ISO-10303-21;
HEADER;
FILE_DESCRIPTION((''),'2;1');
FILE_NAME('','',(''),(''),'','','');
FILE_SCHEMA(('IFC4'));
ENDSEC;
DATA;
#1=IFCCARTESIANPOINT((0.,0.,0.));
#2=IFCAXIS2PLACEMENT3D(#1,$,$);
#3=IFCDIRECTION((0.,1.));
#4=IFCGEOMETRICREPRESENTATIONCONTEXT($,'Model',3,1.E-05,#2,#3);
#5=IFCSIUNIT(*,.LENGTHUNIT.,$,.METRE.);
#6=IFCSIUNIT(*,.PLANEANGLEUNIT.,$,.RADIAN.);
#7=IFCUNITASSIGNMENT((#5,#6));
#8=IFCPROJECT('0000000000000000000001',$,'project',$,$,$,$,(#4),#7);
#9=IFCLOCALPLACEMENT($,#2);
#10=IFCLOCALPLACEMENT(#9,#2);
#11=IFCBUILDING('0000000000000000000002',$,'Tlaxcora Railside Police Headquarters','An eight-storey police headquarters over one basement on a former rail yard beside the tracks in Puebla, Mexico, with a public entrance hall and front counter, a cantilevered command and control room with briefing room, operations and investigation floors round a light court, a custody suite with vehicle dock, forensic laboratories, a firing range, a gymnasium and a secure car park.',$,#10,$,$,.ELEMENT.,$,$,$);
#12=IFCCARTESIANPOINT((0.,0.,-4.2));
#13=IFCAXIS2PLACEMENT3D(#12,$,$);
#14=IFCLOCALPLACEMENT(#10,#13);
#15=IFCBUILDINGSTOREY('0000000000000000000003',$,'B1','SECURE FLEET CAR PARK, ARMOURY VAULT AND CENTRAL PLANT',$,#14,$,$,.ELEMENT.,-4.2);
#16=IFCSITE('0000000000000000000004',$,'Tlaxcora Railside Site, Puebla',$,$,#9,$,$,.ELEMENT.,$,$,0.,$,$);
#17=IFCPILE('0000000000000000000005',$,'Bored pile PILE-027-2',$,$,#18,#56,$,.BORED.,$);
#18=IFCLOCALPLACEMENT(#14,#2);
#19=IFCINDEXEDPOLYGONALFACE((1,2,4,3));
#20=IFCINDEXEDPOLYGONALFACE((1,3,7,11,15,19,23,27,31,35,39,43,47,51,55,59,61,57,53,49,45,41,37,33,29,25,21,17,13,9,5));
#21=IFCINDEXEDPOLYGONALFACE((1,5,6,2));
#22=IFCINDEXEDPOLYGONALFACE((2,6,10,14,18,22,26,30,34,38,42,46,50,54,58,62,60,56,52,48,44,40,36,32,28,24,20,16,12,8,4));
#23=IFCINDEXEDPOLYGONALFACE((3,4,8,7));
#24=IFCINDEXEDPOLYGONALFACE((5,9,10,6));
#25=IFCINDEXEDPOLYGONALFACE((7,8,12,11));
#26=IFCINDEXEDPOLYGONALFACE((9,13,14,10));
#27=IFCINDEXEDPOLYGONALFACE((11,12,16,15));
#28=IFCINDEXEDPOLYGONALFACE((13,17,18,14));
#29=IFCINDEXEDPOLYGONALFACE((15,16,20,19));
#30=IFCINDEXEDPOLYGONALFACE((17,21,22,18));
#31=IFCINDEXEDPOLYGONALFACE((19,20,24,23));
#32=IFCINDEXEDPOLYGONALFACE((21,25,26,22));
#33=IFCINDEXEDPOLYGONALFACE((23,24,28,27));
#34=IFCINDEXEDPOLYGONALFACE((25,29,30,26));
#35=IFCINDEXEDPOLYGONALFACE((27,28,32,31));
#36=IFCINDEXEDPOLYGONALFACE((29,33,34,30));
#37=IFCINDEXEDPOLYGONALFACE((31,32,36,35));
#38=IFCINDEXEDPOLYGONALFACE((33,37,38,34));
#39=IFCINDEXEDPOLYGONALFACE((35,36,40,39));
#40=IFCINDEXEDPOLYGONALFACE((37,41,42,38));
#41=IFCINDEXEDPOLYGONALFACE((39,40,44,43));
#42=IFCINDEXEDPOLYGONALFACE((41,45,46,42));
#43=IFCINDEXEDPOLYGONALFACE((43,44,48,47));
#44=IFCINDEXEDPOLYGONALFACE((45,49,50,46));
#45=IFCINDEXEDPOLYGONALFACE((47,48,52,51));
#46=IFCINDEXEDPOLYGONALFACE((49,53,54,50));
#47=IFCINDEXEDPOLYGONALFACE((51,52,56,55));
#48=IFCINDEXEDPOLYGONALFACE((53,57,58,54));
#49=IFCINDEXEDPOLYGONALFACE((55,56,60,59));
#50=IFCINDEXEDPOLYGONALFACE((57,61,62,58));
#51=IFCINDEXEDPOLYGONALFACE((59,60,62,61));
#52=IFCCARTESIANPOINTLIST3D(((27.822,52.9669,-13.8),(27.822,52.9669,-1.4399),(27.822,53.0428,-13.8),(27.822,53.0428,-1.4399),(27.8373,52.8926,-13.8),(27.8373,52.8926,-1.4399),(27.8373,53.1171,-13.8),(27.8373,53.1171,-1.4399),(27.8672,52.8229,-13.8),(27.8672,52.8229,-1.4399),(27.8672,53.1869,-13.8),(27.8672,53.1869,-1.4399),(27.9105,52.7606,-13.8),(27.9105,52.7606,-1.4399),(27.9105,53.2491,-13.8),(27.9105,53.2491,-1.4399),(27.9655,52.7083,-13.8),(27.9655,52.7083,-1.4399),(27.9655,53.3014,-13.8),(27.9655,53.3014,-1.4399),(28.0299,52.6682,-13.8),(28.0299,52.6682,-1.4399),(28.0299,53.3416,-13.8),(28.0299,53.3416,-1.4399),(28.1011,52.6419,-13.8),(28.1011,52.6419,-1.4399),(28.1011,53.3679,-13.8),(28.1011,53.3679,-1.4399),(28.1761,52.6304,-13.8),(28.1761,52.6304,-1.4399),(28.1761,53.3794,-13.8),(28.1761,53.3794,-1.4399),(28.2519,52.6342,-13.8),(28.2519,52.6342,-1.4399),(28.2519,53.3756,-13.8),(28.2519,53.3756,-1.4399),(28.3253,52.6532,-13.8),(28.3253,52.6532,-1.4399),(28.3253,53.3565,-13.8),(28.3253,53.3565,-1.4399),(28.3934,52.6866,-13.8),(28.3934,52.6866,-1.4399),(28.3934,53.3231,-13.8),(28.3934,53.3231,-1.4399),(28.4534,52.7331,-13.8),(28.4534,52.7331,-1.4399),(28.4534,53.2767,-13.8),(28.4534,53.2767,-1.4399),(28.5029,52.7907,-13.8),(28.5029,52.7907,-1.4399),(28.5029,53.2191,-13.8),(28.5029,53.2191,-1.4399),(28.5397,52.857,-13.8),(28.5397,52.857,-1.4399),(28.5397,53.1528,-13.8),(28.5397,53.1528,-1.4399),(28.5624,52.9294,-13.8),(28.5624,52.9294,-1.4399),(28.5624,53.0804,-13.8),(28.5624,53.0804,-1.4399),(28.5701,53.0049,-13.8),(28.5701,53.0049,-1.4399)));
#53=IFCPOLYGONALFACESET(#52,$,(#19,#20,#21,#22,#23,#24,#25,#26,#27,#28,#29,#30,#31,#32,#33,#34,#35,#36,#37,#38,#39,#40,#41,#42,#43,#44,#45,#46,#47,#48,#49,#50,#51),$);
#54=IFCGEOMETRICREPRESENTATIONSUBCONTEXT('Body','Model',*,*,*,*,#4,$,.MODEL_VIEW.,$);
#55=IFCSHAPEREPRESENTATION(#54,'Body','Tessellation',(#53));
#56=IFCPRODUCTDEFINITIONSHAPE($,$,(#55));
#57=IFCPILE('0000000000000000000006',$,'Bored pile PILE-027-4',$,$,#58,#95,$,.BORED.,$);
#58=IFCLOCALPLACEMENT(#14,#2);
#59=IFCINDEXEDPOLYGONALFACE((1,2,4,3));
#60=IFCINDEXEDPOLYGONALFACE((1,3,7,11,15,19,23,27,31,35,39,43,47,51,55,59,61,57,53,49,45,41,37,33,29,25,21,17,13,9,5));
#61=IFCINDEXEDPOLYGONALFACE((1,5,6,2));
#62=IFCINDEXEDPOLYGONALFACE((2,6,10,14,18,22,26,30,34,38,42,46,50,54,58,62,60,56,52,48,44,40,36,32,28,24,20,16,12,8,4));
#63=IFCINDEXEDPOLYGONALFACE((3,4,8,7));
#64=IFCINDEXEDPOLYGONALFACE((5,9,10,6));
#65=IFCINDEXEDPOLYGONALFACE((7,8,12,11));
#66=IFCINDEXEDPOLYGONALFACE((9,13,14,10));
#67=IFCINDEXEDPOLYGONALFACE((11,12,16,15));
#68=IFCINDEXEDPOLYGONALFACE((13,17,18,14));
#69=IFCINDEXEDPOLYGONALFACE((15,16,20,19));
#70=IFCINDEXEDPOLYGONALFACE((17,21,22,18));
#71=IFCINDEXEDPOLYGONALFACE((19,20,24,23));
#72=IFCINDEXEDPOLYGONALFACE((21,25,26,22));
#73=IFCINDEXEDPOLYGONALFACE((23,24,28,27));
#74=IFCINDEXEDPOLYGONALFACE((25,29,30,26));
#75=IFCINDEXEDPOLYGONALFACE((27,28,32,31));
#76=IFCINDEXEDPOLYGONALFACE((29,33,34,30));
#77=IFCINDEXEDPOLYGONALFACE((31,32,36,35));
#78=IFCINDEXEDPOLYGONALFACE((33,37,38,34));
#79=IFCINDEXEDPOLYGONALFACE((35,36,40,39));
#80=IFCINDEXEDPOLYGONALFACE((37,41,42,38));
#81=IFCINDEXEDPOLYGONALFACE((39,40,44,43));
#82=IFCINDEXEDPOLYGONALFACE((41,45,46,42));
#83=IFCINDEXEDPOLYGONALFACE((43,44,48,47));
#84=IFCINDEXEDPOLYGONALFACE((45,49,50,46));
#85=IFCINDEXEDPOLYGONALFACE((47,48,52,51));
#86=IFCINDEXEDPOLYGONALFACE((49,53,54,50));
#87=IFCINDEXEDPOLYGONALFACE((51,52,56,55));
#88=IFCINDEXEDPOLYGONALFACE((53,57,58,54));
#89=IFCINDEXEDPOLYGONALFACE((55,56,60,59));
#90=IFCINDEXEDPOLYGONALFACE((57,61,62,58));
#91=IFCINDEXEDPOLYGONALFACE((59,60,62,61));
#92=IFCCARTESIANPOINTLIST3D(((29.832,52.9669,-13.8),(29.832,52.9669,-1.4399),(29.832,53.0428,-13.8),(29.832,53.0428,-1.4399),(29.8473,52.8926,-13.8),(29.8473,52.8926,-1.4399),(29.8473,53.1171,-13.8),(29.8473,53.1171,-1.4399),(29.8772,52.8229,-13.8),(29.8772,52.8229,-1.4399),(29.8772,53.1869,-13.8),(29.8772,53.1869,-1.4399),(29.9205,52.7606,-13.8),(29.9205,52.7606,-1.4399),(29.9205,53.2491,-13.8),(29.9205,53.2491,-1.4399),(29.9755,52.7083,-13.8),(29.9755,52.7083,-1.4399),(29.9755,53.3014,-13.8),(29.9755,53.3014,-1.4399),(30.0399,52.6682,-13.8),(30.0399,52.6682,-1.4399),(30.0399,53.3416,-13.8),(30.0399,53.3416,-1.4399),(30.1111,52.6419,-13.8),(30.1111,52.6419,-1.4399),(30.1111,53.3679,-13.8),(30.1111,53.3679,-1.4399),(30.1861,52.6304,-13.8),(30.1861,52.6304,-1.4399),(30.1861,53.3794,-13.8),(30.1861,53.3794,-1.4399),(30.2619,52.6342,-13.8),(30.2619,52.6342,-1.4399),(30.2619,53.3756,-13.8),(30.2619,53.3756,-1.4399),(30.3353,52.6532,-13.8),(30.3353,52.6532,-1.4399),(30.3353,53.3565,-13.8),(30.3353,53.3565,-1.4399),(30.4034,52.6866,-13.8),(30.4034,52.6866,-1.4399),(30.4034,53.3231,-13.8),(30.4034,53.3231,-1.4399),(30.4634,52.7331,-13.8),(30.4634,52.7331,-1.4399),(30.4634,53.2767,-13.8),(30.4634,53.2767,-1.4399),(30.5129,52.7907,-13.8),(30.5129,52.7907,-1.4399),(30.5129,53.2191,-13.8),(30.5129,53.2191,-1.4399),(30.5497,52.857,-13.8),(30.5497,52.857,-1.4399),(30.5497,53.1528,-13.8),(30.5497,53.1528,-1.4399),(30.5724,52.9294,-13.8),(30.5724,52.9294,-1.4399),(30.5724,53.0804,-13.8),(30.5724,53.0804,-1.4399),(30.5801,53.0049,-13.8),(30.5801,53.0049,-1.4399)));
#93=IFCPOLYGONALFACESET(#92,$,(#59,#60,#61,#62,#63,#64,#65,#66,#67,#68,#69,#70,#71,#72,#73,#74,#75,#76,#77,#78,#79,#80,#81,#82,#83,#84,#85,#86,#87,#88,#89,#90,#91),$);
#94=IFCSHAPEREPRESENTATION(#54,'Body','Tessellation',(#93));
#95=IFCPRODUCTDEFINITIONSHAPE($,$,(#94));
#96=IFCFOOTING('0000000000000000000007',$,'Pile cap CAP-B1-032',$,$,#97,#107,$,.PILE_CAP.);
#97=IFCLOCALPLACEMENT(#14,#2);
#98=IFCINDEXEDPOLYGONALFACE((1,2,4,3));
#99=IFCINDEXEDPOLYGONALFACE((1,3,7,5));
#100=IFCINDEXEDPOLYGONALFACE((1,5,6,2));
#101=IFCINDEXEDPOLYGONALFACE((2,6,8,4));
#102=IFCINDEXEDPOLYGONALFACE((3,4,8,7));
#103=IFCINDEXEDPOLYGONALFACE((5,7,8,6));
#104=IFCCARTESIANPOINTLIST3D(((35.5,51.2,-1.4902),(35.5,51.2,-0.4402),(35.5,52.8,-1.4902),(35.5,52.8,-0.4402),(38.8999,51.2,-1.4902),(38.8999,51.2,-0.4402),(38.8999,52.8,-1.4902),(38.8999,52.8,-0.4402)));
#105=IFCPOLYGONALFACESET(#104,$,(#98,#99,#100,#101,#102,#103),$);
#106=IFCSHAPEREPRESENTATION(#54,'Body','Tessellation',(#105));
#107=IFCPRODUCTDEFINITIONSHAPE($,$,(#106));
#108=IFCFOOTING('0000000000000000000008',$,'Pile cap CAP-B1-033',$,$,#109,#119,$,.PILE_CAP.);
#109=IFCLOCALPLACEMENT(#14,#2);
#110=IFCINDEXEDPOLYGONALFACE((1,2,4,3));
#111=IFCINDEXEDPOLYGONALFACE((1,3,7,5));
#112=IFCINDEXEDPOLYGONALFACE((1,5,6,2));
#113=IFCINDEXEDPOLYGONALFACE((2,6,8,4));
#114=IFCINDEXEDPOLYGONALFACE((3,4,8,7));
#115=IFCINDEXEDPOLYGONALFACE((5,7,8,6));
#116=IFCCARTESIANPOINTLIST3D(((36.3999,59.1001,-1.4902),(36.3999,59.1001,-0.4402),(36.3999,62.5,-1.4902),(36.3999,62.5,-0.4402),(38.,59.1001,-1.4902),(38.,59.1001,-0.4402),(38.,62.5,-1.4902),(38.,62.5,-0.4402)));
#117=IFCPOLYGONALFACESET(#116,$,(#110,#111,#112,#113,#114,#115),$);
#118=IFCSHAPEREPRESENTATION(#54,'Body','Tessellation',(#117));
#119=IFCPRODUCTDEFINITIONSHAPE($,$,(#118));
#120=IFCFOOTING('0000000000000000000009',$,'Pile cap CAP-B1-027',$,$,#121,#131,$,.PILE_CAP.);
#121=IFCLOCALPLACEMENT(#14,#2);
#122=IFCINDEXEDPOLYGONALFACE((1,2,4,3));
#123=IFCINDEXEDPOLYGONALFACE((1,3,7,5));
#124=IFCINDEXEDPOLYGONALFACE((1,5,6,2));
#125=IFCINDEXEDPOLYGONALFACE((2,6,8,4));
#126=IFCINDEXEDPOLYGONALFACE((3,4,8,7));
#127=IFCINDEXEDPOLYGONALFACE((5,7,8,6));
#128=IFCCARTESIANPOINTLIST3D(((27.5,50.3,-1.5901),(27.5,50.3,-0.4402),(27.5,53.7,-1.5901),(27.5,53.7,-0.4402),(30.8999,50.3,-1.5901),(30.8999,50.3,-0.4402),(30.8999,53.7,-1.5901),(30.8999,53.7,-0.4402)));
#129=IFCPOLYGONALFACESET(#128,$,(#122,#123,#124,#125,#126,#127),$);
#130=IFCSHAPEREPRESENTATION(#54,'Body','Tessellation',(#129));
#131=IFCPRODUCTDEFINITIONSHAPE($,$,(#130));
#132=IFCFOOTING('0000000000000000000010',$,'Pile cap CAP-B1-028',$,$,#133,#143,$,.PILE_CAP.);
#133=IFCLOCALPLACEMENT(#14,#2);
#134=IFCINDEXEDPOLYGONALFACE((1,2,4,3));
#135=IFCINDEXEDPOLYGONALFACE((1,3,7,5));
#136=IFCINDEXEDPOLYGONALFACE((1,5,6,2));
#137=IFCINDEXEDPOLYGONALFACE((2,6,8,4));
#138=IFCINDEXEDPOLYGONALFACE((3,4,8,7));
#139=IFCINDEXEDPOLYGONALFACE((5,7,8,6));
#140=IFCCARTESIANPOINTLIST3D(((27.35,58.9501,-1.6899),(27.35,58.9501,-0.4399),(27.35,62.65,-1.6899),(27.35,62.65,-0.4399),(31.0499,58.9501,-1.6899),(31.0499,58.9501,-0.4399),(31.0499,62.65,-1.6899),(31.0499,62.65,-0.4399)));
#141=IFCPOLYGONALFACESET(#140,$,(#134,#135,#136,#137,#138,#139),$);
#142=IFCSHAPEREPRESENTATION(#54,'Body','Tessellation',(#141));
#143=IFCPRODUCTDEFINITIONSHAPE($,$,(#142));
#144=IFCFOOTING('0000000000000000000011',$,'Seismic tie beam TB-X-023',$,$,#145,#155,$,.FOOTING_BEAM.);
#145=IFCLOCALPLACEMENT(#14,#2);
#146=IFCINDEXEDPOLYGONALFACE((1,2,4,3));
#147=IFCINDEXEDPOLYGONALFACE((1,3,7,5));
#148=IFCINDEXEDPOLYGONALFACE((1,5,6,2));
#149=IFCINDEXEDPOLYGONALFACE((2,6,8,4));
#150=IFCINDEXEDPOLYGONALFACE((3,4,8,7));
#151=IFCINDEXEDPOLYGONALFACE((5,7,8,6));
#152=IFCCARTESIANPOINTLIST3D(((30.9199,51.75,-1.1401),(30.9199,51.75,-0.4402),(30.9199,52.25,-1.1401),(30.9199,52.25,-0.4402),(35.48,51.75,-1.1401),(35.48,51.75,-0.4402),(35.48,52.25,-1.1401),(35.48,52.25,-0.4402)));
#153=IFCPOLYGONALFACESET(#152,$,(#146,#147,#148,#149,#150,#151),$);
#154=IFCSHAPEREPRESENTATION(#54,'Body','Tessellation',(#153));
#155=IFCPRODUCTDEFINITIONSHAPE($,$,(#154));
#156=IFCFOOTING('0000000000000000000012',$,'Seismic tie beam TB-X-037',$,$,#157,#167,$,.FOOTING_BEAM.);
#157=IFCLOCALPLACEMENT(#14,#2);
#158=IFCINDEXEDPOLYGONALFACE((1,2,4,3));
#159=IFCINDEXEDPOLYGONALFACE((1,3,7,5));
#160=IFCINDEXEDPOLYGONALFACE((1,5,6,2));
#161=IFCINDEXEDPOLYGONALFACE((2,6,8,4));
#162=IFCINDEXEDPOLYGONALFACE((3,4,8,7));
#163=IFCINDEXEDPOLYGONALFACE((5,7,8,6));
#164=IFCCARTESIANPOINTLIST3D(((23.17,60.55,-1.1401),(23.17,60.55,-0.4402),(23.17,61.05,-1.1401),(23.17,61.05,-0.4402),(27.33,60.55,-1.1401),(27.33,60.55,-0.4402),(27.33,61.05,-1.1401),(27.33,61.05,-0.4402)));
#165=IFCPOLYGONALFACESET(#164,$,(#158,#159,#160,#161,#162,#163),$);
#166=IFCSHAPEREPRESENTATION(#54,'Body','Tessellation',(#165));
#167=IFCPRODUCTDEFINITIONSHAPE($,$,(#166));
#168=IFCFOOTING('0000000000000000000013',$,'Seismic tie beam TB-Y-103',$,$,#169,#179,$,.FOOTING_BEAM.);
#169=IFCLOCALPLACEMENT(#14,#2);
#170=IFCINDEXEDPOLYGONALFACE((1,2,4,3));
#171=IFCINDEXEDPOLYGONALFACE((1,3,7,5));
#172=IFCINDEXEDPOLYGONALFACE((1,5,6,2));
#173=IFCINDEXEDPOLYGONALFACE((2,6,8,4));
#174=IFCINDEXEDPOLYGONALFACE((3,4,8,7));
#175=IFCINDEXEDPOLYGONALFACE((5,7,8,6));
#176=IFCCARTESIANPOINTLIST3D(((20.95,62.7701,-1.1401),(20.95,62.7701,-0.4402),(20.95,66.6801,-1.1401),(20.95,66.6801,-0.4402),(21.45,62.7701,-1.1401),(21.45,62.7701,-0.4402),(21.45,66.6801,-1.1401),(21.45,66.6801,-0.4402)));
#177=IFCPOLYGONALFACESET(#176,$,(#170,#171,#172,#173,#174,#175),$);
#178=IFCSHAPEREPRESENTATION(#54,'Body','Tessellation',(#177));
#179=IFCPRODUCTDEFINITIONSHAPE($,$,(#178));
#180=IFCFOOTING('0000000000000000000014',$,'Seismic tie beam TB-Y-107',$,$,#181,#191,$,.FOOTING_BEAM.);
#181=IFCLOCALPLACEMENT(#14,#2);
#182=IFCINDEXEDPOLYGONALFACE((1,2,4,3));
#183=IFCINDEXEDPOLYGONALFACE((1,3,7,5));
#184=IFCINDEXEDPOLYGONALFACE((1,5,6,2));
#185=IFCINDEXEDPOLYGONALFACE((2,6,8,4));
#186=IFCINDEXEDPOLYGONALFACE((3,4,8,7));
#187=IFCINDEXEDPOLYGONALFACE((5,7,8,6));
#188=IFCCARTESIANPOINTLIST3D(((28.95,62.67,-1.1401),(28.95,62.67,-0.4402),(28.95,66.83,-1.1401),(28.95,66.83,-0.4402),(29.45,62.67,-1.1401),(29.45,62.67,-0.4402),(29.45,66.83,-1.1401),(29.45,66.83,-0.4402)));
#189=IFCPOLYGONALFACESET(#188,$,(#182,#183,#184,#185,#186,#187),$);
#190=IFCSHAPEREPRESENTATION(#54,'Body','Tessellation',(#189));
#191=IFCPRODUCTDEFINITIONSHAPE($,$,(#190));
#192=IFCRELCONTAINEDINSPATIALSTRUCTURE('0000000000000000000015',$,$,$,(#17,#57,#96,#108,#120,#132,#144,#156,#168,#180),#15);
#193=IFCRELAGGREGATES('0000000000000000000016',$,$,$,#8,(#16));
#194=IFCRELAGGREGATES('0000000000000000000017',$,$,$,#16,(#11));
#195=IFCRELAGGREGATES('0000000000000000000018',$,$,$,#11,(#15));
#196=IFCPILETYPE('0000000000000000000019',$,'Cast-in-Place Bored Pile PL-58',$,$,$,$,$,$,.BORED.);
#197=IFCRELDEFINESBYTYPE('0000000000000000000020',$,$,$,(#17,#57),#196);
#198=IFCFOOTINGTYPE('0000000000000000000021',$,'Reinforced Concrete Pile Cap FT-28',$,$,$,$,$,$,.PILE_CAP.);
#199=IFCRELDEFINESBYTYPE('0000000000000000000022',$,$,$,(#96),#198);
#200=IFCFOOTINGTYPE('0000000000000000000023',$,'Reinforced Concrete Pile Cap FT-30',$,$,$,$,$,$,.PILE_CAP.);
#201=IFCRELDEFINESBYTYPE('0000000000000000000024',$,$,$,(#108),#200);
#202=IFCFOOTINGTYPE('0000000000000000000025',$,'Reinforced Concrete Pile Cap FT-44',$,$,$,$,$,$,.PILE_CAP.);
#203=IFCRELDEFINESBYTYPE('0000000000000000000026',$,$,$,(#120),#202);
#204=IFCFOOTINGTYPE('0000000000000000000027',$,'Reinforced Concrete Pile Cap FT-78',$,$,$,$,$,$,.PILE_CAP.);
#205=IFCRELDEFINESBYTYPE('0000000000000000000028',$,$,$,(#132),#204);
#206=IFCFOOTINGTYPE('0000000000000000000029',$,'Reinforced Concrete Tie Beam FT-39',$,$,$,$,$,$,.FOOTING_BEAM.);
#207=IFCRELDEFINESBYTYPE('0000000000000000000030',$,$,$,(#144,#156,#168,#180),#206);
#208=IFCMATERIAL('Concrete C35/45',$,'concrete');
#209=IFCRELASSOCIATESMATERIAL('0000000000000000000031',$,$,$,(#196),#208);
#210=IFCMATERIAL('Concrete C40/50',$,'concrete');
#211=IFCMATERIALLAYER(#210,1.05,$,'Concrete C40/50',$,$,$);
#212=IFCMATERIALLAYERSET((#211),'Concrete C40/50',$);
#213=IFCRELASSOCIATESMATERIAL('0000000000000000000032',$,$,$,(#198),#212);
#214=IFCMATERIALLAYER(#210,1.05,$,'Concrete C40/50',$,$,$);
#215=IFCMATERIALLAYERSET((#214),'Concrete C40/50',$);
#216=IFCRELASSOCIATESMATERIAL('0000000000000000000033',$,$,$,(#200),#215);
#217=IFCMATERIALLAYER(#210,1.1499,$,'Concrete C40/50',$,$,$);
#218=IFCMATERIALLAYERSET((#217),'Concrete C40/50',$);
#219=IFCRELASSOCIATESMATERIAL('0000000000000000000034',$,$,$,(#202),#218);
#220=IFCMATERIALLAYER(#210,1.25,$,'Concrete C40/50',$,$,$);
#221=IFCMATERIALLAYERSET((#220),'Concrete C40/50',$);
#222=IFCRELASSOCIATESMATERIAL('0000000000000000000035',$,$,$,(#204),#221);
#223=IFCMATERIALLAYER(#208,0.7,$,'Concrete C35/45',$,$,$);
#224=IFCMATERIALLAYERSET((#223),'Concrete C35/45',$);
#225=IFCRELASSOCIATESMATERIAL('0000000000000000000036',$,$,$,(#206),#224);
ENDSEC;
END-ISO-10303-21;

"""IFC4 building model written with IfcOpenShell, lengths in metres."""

from ifc_helpers import new_model, si_unit, direction, frame, origin, origin_2d, place, context, subcontext, project, spatial, rectangle, circle, extrude, material, layer, layer_set, material_profile, profile_set, type_object, element, save


model = new_model("IFC4")

# Units and contexts
model_context = context("Model", 3, precision=1e-05, world=origin(), true_north=direction((0.0, 1.0)))
body_context = subcontext(model_context, "Body", "Model", "MODEL_VIEW")
ifc_project = project(units=[si_unit("LENGTHUNIT", "METRE"), si_unit("PLANEANGLEUNIT", "RADIAN")], contexts=[model_context])

# Site, building, storey
site_placement = place(None, origin())
site = spatial("IfcSite", under=ifc_project, at=site_placement, Name="Tlaxcora Railside Site, Puebla", CompositionType="ELEMENT", RefElevation=0.0)
building_placement = place(site_placement, origin())
building = spatial("IfcBuilding", under=site, at=building_placement, Name="Tlaxcora Railside Police Headquarters", Description="An eight-storey police headquarters over one basement on a former rail yard beside the tracks in Puebla, Mexico, with a public entrance hall and front counter, a cantilevered command and control room with briefing room, operations and investigation floors round a light court, a custody suite with vehicle dock, forensic laboratories, a firing range, a gymnasium and a secure car park.", CompositionType="ELEMENT")
storey_placement = place(building_placement, frame((0.0, 0.0, -4.2)))
storey = spatial("IfcBuildingStorey", under=building, at=storey_placement, Name="B1", Description="SECURE FLEET CAR PARK, ARMOURY VAULT AND CENTRAL PLANT", CompositionType="ELEMENT", Elevation=-4.2)

# Piles
ifc_material_1 = material(Name="Concrete C35/45", Category="concrete")
ifc_material_profile_1 = material_profile(ifc_material_1, circle(Radius=0.375, at=origin_2d()), Name="PILE750")
ifc_profile_set_1 = profile_set([ifc_material_profile_1], Name="Concrete C35/45")
pile_type_1 = type_object("IfcPileType", Name="Cast-in-Place Bored Pile PL-58", PredefinedType="BORED", material=ifc_profile_set_1)
for number, where, z_axis, x_axis, name in (
    (1, (28.1951, 53.0049, -1.4399), (0.0, 0.0, -1.0), (1.0, 0.0, 0.0), "Bored pile PILE-027-2"),
    (2, (30.2051, 53.0049, -1.4399), (0.0, 0.0, -1.0), (1.0, 0.0, 0.0), "Bored pile PILE-027-4"),
):
    element("IfcPile", number, at=place(storey_placement, frame(where, z_axis=z_axis, x_axis=x_axis)), inside=storey, type_object=pile_type_1, Name=name, PredefinedType="BORED", context=body_context, shape_type="SweptSolid", body=[
        extrude(circle(Radius=0.375, at=origin_2d()), origin(), (0.0, 0.0, 1.0), 12.3601),
    ])

# Footings
ifc_material_2 = material(Name="Concrete C40/50", Category="concrete")
ifc_layer_1 = layer(ifc_material_2, 1.05, Name="Concrete C40/50")
ifc_layer_set_1 = layer_set([ifc_layer_1], Name="Concrete C40/50")
footing_type_1 = type_object("IfcFootingType", Name="Reinforced Concrete Pile Cap FT-28", PredefinedType="PILE_CAP", material=ifc_layer_set_1)
footing_1_placement = place(storey_placement, frame((37.2, 52.0, -1.4902), z_axis=(0.0, 0.0, 1.0), x_axis=(1.0, 0.0, 0.0)))
element("IfcFooting", 3, at=footing_1_placement, inside=storey, type_object=footing_type_1, Name="Pile cap CAP-B1-032", PredefinedType="PILE_CAP", context=body_context, shape_type="SweptSolid", body=[
    extrude(rectangle(XDim=3.3999, YDim=1.6001, at=origin_2d()), origin(), (0.0, 0.0, 1.0), 1.05),
])
ifc_layer_2 = layer(ifc_material_2, 1.05, Name="Concrete C40/50")
ifc_layer_set_2 = layer_set([ifc_layer_2], Name="Concrete C40/50")
footing_type_2 = type_object("IfcFootingType", Name="Reinforced Concrete Pile Cap FT-30", PredefinedType="PILE_CAP", material=ifc_layer_set_2)
footing_2_placement = place(storey_placement, frame((37.2, 60.8, -1.4902), z_axis=(0.0, 0.0, 1.0), x_axis=(1.0, 0.0, 0.0)))
element("IfcFooting", 4, at=footing_2_placement, inside=storey, type_object=footing_type_2, Name="Pile cap CAP-B1-033", PredefinedType="PILE_CAP", context=body_context, shape_type="SweptSolid", body=[
    extrude(rectangle(XDim=1.6001, YDim=3.3999, at=origin_2d()), origin(), (0.0, 0.0, 1.0), 1.05),
])
ifc_layer_3 = layer(ifc_material_2, 1.1499, Name="Concrete C40/50")
ifc_layer_set_3 = layer_set([ifc_layer_3], Name="Concrete C40/50")
footing_type_3 = type_object("IfcFootingType", Name="Reinforced Concrete Pile Cap FT-44", PredefinedType="PILE_CAP", material=ifc_layer_set_3)
footing_3_placement = place(storey_placement, frame((29.2, 52.0, -1.5901), z_axis=(0.0, 0.0, 1.0), x_axis=(1.0, 0.0, 0.0)))
element("IfcFooting", 5, at=footing_3_placement, inside=storey, type_object=footing_type_3, Name="Pile cap CAP-B1-027", PredefinedType="PILE_CAP", context=body_context, shape_type="SweptSolid", body=[
    extrude(rectangle(XDim=3.3999, YDim=3.3999, at=origin_2d()), origin(), (0.0, 0.0, 1.0), 1.1499),
])
ifc_layer_4 = layer(ifc_material_2, 1.25, Name="Concrete C40/50")
ifc_layer_set_4 = layer_set([ifc_layer_4], Name="Concrete C40/50")
footing_type_4 = type_object("IfcFootingType", Name="Reinforced Concrete Pile Cap FT-78", PredefinedType="PILE_CAP", material=ifc_layer_set_4)
footing_4_placement = place(storey_placement, frame((29.2, 60.8, -1.6899), z_axis=(0.0, 0.0, 1.0), x_axis=(1.0, 0.0, 0.0)))
element("IfcFooting", 6, at=footing_4_placement, inside=storey, type_object=footing_type_4, Name="Pile cap CAP-B1-028", PredefinedType="PILE_CAP", context=body_context, shape_type="SweptSolid", body=[
    extrude(rectangle(XDim=3.7, YDim=3.7, at=origin_2d()), origin(), (0.0, 0.0, 1.0), 1.25),
])
ifc_layer_5 = layer(ifc_material_1, 0.7, Name="Concrete C35/45")
ifc_layer_set_5 = layer_set([ifc_layer_5], Name="Concrete C35/45")
footing_type_5 = type_object("IfcFootingType", Name="Reinforced Concrete Tie Beam FT-39", PredefinedType="FOOTING_BEAM", material=ifc_layer_set_5)
footing_5_placement = place(storey_placement, frame((33.2, 52.0, -1.1401), z_axis=(0.0, 0.0, 1.0), x_axis=(1.0, 0.0, 0.0)))
element("IfcFooting", 7, at=footing_5_placement, inside=storey, type_object=footing_type_5, Name="Seismic tie beam TB-X-023", PredefinedType="FOOTING_BEAM", context=body_context, shape_type="SweptSolid", body=[
    extrude(rectangle(XDim=4.5601, YDim=0.5, at=origin_2d()), origin(), (0.0, 0.0, 1.0), 0.7),
])
footing_6_placement = place(storey_placement, frame((25.25, 60.8, -1.1401), z_axis=(0.0, 0.0, 1.0), x_axis=(1.0, 0.0, 0.0)))
element("IfcFooting", 8, at=footing_6_placement, inside=storey, type_object=footing_type_5, Name="Seismic tie beam TB-X-037", PredefinedType="FOOTING_BEAM", context=body_context, shape_type="SweptSolid", body=[
    extrude(rectangle(XDim=4.1599, YDim=0.5, at=origin_2d()), origin(), (0.0, 0.0, 1.0), 0.7),
])
footing_7_placement = place(storey_placement, frame((21.2, 64.7251, -1.1401), z_axis=(0.0, 0.0, 1.0), x_axis=(0.0, 1.0, 0.0)))
element("IfcFooting", 9, at=footing_7_placement, inside=storey, type_object=footing_type_5, Name="Seismic tie beam TB-Y-103", PredefinedType="FOOTING_BEAM", context=body_context, shape_type="SweptSolid", body=[
    extrude(rectangle(XDim=3.9099, YDim=0.5, at=origin_2d()), origin(), (0.0, 0.0, 1.0), 0.7),
])
footing_8_placement = place(storey_placement, frame((29.2, 64.75, -1.1401), z_axis=(0.0, 0.0, 1.0), x_axis=(0.0, 1.0, 0.0)))
element("IfcFooting", 10, at=footing_8_placement, inside=storey, type_object=footing_type_5, Name="Seismic tie beam TB-Y-107", PredefinedType="FOOTING_BEAM", context=body_context, shape_type="SweptSolid", body=[
    extrude(rectangle(XDim=4.1599, YDim=0.5, at=origin_2d()), origin(), (0.0, 0.0, 1.0), 0.7),
])

save(model, "model.ifc")
